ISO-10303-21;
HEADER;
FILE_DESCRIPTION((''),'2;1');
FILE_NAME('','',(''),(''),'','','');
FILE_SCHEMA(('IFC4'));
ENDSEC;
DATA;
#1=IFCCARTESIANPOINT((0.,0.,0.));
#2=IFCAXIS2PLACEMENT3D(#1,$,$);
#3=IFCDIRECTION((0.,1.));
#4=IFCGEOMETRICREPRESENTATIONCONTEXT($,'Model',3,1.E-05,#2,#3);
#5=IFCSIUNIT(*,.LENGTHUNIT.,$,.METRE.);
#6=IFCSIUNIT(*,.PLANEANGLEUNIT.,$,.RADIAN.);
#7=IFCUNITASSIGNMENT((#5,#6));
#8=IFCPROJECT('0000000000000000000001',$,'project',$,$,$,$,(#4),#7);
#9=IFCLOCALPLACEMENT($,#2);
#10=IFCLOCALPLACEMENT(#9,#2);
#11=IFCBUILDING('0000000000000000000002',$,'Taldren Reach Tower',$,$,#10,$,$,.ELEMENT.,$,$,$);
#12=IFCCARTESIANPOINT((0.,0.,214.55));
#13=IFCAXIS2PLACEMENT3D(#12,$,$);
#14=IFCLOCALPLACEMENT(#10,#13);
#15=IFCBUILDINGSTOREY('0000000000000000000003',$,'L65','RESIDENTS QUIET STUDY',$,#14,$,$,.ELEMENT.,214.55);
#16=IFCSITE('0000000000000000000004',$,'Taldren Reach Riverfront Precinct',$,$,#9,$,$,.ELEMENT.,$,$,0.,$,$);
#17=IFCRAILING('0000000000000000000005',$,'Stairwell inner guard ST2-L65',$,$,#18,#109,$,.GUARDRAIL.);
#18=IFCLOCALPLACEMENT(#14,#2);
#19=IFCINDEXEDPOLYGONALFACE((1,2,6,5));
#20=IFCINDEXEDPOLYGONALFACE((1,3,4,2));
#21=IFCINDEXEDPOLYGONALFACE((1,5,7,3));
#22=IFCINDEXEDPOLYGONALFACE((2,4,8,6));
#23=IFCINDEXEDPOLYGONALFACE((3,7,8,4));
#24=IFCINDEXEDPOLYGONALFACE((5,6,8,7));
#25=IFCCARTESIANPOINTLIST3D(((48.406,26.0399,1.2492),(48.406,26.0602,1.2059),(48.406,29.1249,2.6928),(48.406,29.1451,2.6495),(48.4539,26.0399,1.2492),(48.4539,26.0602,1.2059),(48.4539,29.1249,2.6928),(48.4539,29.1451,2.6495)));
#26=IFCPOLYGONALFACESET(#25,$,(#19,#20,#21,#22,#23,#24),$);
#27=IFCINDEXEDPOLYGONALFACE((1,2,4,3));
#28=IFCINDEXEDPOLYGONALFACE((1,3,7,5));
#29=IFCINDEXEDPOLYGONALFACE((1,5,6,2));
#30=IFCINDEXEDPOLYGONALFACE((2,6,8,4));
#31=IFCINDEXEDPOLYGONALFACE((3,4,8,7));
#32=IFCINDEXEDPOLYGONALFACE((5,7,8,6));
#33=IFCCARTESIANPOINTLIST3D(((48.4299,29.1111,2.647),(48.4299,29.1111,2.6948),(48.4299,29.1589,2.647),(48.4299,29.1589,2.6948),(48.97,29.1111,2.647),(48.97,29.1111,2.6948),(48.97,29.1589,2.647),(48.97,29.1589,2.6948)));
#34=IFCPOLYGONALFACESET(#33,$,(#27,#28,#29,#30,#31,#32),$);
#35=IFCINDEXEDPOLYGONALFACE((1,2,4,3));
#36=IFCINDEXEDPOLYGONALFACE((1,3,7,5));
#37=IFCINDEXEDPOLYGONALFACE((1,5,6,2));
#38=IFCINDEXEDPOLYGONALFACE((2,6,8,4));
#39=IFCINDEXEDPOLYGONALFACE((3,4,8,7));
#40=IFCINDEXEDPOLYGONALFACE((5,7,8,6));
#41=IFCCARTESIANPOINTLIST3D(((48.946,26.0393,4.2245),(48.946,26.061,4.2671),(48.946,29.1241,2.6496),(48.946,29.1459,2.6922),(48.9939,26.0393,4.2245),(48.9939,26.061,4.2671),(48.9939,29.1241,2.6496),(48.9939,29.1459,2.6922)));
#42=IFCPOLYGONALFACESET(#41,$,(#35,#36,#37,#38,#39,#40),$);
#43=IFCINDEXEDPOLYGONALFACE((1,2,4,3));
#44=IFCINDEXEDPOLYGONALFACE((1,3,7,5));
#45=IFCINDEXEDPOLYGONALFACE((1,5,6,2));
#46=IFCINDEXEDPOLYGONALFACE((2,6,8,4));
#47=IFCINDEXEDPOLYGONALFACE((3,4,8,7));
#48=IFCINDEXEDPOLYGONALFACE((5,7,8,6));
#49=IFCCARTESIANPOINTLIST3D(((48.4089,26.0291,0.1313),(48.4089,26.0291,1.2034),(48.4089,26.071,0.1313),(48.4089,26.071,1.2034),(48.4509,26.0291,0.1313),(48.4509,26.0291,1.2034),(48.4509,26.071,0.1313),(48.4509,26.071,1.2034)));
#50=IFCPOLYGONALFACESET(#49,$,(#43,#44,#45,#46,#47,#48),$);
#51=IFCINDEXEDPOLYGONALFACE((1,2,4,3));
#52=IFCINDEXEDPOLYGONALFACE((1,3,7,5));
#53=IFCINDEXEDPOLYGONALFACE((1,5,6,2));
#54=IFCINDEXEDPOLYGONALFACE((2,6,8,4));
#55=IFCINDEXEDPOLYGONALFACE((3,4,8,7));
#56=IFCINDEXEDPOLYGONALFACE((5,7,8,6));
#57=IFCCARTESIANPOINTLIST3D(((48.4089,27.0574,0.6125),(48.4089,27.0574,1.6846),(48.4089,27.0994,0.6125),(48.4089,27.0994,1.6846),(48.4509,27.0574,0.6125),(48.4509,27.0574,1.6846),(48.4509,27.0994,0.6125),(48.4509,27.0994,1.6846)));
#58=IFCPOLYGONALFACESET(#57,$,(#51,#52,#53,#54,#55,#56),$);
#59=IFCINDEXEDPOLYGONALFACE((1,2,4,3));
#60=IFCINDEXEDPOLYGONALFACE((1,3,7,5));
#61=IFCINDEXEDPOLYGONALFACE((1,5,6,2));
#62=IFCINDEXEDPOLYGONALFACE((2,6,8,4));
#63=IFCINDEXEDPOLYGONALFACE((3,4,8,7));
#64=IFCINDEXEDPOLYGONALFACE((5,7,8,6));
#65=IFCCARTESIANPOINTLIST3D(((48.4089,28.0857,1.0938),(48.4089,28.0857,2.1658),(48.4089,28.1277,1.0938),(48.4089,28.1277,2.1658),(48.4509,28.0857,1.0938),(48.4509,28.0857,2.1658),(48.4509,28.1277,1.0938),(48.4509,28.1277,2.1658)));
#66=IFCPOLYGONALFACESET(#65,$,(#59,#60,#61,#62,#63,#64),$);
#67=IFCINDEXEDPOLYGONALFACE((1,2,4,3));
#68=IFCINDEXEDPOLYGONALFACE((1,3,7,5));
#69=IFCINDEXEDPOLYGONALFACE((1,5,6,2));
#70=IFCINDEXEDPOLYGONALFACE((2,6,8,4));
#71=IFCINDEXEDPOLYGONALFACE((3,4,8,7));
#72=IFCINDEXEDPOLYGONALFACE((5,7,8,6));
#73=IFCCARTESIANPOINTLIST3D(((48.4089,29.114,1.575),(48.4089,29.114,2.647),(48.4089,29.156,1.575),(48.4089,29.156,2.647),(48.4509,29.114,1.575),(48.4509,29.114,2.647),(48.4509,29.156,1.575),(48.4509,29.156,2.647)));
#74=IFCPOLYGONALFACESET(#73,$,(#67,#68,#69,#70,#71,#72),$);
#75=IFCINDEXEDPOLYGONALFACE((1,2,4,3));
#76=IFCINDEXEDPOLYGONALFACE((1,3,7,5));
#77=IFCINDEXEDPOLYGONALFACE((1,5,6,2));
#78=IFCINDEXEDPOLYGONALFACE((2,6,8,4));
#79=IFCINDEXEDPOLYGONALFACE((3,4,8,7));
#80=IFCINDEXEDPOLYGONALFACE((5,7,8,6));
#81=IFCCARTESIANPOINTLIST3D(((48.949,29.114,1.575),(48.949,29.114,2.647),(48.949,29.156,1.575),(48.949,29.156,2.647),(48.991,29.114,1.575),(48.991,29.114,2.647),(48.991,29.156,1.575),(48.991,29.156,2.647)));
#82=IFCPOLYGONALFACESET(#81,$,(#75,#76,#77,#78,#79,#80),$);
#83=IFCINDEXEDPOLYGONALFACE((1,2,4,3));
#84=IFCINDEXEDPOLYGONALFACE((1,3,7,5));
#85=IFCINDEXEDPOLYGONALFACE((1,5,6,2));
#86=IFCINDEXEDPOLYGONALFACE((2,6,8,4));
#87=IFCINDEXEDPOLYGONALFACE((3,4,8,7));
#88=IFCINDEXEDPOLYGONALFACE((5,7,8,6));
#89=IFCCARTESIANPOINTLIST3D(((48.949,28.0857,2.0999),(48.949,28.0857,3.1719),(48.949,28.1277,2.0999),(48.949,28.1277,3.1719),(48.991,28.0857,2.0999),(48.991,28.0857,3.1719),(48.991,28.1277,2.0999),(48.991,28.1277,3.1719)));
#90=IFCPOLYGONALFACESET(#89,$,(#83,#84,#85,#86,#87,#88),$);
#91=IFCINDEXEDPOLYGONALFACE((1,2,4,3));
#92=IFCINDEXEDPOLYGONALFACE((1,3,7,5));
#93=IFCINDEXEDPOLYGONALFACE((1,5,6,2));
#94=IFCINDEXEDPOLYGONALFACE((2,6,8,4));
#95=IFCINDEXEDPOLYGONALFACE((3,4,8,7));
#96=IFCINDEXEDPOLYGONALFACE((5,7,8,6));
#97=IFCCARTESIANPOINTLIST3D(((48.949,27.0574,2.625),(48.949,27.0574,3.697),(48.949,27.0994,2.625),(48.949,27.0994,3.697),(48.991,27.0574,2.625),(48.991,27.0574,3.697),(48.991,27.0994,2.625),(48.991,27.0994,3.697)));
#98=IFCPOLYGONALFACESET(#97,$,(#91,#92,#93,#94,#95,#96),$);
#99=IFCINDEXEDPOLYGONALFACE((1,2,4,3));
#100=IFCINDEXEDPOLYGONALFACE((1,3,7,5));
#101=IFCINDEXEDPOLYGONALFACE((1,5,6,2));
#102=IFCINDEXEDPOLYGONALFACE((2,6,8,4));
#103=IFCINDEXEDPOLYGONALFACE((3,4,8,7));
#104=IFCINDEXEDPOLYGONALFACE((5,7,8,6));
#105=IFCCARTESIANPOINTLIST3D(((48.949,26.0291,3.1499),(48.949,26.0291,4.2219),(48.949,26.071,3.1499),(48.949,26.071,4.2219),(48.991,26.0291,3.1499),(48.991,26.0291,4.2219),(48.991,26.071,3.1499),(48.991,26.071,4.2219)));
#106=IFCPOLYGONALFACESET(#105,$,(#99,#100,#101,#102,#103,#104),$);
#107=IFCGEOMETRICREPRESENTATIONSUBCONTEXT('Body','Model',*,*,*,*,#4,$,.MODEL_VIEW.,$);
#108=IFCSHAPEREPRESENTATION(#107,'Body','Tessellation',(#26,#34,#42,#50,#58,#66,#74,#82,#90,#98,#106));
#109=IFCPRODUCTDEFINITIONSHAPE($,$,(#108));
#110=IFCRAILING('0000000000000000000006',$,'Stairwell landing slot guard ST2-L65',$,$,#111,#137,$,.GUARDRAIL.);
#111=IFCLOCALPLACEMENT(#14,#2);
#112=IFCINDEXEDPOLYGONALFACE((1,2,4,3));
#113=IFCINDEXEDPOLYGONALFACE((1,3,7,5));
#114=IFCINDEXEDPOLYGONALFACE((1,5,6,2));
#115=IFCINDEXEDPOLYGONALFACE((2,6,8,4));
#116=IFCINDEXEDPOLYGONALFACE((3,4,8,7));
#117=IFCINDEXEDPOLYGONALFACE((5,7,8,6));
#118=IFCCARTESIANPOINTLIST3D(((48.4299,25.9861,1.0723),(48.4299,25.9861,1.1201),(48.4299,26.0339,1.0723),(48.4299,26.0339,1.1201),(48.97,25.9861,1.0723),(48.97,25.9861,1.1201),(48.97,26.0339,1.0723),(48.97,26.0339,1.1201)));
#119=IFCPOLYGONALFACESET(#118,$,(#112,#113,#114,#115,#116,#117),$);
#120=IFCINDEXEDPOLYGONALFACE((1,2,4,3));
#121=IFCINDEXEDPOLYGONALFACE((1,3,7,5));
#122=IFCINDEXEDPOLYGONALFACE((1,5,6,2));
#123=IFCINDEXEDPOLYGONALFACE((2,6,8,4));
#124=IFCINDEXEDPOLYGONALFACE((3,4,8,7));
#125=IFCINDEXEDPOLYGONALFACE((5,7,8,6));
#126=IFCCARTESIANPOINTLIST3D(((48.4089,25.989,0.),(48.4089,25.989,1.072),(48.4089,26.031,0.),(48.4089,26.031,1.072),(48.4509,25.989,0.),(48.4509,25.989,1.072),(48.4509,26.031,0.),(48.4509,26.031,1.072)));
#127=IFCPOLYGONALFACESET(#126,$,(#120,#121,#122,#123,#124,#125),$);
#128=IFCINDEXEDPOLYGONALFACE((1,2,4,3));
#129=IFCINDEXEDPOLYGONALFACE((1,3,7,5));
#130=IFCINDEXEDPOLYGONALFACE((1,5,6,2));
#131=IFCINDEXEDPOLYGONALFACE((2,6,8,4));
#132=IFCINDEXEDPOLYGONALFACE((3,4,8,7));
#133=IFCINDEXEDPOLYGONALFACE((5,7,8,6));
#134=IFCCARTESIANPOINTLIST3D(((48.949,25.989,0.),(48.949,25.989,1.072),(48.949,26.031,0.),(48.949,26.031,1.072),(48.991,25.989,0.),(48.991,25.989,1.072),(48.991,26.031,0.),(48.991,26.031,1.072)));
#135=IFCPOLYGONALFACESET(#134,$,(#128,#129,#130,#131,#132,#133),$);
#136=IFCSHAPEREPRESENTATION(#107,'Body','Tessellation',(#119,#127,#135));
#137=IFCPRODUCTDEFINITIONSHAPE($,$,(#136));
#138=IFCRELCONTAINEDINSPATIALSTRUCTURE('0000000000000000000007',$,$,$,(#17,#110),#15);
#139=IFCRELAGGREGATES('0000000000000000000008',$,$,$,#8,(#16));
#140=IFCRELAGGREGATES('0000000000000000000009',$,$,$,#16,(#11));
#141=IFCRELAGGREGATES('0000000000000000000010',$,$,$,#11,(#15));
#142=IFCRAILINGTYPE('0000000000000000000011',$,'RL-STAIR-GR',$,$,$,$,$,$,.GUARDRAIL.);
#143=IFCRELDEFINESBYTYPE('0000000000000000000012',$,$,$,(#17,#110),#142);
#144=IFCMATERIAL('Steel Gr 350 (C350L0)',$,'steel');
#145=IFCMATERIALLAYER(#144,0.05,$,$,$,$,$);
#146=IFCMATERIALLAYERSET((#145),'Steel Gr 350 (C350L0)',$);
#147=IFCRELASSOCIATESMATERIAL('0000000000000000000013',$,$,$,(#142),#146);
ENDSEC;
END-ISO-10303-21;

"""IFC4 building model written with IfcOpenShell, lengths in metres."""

from ifc_helpers import new_model, si_unit, direction, frame, origin, origin_2d, place, context, subcontext, project, spatial, rectangle, extrude, material, layer, layer_set, type_object, element, save


model = new_model("IFC4")

# Units and contexts
model_context = context("Model", 3, precision=1e-05, world=origin(), true_north=direction((0.0, 1.0)))
body_context = subcontext(model_context, "Body", "Model", "MODEL_VIEW")
ifc_project = project(units=[si_unit("LENGTHUNIT", "METRE"), si_unit("PLANEANGLEUNIT", "RADIAN")], contexts=[model_context])

# Site, building, storey
site_placement = place(None, origin())
site = spatial("IfcSite", under=ifc_project, at=site_placement, Name="Taldren Reach Riverfront Precinct", CompositionType="ELEMENT", RefElevation=0.0)
building_placement = place(site_placement, origin())
building = spatial("IfcBuilding", under=site, at=building_placement, Name="Taldren Reach Tower", CompositionType="ELEMENT")
storey_placement = place(building_placement, frame((0.0, 0.0, 214.55)))
storey = spatial("IfcBuildingStorey", under=building, at=storey_placement, Name="L65", Description="RESIDENTS QUIET STUDY", CompositionType="ELEMENT", Elevation=214.55)

# Shared definitions
ifc_material_1 = material(Name="Steel Gr 350 (C350L0)", Category="steel")

# Railings
ifc_layer_1 = layer(ifc_material_1, 0.05)
ifc_layer_set_1 = layer_set([ifc_layer_1], Name="Steel Gr 350 (C350L0)")
railing_type_1 = type_object("IfcRailingType", Name="RL-STAIR-GR", PredefinedType="GUARDRAIL", material=ifc_layer_set_1)
railing_1_placement = place(storey_placement, frame((48.4299, 26.05, 0.1313)))
element("IfcRailing", 1, at=railing_1_placement, inside=storey, type_object=railing_type_1, Name="Stairwell inner guard ST2-L65", PredefinedType="GUARDRAIL", context=body_context, shape_type="SweptSolid", body=[
    extrude(rectangle(XDim=0.0479, YDim=0.0479, at=origin_2d()), frame((0.0, 0.0, 1.0962), z_axis=(0.0, 0.905738, 0.423839), x_axis=(-1.0, 0.0, 0.0)), (0.0, 0.0, 1.0), 3.406),
    extrude(rectangle(XDim=0.0479, YDim=0.0479, at=origin_2d()), frame((0.0, 3.085, 2.5396), z_axis=(1.0, 0.0, 0.0), x_axis=(0.0, 1.0, 0.0)), (0.0, 0.0, 1.0), 0.54),
    extrude(rectangle(XDim=0.0479, YDim=0.0479, at=origin_2d()), frame((0.54, 3.085, 2.5396), z_axis=(0.0, -0.890646, 0.454697), x_axis=(1.0, 0.0, 0.0)), (0.0, 0.0, 1.0), 3.4636),
    extrude(rectangle(XDim=0.042, YDim=0.042, at=origin_2d()), origin(), (0.0, 0.0, 1.0), 1.072),
    extrude(rectangle(XDim=0.042, YDim=0.042, at=origin_2d()), frame((0.0, 1.0283, 0.4812)), (0.0, 0.0, 1.0), 1.072),
    extrude(rectangle(XDim=0.042, YDim=0.042, at=origin_2d()), frame((0.0, 2.0566, 0.9624)), (0.0, 0.0, 1.0), 1.072),
    extrude(rectangle(XDim=0.042, YDim=0.042, at=origin_2d()), frame((0.0, 3.085, 1.4436)), (0.0, 0.0, 1.0), 1.072),
    extrude(rectangle(XDim=0.042, YDim=0.042, at=origin_2d()), frame((0.54, 3.085, 1.4436)), (0.0, 0.0, 1.0), 1.072),
    extrude(rectangle(XDim=0.042, YDim=0.042, at=origin_2d()), frame((0.54, 2.0566, 1.9685)), (0.0, 0.0, 1.0), 1.072),
    extrude(rectangle(XDim=0.042, YDim=0.042, at=origin_2d()), frame((0.54, 1.0283, 2.4937)), (0.0, 0.0, 1.0), 1.072),
    extrude(rectangle(XDim=0.042, YDim=0.042, at=origin_2d()), frame((0.54, 0.0, 3.0186)), (0.0, 0.0, 1.0), 1.072),
])
railing_2_placement = place(storey_placement, frame((48.4299, 26.01, 0.0)))
element("IfcRailing", 2, at=railing_2_placement, inside=storey, type_object=railing_type_1, Name="Stairwell landing slot guard ST2-L65", PredefinedType="GUARDRAIL", context=body_context, shape_type="SweptSolid", body=[
    extrude(rectangle(XDim=0.0479, YDim=0.0479, at=origin_2d()), frame((0.0, 0.0, 1.0962), z_axis=(1.0, 0.0, 0.0), x_axis=(0.0, 1.0, 0.0)), (0.0, 0.0, 1.0), 0.54),
    extrude(rectangle(XDim=0.042, YDim=0.042, at=origin_2d()), origin(), (0.0, 0.0, 1.0), 1.072),
    extrude(rectangle(XDim=0.042, YDim=0.042, at=origin_2d()), frame((0.54, 0.0, 0.0)), (0.0, 0.0, 1.0), 1.072),
])

save(model, "model.ifc")
